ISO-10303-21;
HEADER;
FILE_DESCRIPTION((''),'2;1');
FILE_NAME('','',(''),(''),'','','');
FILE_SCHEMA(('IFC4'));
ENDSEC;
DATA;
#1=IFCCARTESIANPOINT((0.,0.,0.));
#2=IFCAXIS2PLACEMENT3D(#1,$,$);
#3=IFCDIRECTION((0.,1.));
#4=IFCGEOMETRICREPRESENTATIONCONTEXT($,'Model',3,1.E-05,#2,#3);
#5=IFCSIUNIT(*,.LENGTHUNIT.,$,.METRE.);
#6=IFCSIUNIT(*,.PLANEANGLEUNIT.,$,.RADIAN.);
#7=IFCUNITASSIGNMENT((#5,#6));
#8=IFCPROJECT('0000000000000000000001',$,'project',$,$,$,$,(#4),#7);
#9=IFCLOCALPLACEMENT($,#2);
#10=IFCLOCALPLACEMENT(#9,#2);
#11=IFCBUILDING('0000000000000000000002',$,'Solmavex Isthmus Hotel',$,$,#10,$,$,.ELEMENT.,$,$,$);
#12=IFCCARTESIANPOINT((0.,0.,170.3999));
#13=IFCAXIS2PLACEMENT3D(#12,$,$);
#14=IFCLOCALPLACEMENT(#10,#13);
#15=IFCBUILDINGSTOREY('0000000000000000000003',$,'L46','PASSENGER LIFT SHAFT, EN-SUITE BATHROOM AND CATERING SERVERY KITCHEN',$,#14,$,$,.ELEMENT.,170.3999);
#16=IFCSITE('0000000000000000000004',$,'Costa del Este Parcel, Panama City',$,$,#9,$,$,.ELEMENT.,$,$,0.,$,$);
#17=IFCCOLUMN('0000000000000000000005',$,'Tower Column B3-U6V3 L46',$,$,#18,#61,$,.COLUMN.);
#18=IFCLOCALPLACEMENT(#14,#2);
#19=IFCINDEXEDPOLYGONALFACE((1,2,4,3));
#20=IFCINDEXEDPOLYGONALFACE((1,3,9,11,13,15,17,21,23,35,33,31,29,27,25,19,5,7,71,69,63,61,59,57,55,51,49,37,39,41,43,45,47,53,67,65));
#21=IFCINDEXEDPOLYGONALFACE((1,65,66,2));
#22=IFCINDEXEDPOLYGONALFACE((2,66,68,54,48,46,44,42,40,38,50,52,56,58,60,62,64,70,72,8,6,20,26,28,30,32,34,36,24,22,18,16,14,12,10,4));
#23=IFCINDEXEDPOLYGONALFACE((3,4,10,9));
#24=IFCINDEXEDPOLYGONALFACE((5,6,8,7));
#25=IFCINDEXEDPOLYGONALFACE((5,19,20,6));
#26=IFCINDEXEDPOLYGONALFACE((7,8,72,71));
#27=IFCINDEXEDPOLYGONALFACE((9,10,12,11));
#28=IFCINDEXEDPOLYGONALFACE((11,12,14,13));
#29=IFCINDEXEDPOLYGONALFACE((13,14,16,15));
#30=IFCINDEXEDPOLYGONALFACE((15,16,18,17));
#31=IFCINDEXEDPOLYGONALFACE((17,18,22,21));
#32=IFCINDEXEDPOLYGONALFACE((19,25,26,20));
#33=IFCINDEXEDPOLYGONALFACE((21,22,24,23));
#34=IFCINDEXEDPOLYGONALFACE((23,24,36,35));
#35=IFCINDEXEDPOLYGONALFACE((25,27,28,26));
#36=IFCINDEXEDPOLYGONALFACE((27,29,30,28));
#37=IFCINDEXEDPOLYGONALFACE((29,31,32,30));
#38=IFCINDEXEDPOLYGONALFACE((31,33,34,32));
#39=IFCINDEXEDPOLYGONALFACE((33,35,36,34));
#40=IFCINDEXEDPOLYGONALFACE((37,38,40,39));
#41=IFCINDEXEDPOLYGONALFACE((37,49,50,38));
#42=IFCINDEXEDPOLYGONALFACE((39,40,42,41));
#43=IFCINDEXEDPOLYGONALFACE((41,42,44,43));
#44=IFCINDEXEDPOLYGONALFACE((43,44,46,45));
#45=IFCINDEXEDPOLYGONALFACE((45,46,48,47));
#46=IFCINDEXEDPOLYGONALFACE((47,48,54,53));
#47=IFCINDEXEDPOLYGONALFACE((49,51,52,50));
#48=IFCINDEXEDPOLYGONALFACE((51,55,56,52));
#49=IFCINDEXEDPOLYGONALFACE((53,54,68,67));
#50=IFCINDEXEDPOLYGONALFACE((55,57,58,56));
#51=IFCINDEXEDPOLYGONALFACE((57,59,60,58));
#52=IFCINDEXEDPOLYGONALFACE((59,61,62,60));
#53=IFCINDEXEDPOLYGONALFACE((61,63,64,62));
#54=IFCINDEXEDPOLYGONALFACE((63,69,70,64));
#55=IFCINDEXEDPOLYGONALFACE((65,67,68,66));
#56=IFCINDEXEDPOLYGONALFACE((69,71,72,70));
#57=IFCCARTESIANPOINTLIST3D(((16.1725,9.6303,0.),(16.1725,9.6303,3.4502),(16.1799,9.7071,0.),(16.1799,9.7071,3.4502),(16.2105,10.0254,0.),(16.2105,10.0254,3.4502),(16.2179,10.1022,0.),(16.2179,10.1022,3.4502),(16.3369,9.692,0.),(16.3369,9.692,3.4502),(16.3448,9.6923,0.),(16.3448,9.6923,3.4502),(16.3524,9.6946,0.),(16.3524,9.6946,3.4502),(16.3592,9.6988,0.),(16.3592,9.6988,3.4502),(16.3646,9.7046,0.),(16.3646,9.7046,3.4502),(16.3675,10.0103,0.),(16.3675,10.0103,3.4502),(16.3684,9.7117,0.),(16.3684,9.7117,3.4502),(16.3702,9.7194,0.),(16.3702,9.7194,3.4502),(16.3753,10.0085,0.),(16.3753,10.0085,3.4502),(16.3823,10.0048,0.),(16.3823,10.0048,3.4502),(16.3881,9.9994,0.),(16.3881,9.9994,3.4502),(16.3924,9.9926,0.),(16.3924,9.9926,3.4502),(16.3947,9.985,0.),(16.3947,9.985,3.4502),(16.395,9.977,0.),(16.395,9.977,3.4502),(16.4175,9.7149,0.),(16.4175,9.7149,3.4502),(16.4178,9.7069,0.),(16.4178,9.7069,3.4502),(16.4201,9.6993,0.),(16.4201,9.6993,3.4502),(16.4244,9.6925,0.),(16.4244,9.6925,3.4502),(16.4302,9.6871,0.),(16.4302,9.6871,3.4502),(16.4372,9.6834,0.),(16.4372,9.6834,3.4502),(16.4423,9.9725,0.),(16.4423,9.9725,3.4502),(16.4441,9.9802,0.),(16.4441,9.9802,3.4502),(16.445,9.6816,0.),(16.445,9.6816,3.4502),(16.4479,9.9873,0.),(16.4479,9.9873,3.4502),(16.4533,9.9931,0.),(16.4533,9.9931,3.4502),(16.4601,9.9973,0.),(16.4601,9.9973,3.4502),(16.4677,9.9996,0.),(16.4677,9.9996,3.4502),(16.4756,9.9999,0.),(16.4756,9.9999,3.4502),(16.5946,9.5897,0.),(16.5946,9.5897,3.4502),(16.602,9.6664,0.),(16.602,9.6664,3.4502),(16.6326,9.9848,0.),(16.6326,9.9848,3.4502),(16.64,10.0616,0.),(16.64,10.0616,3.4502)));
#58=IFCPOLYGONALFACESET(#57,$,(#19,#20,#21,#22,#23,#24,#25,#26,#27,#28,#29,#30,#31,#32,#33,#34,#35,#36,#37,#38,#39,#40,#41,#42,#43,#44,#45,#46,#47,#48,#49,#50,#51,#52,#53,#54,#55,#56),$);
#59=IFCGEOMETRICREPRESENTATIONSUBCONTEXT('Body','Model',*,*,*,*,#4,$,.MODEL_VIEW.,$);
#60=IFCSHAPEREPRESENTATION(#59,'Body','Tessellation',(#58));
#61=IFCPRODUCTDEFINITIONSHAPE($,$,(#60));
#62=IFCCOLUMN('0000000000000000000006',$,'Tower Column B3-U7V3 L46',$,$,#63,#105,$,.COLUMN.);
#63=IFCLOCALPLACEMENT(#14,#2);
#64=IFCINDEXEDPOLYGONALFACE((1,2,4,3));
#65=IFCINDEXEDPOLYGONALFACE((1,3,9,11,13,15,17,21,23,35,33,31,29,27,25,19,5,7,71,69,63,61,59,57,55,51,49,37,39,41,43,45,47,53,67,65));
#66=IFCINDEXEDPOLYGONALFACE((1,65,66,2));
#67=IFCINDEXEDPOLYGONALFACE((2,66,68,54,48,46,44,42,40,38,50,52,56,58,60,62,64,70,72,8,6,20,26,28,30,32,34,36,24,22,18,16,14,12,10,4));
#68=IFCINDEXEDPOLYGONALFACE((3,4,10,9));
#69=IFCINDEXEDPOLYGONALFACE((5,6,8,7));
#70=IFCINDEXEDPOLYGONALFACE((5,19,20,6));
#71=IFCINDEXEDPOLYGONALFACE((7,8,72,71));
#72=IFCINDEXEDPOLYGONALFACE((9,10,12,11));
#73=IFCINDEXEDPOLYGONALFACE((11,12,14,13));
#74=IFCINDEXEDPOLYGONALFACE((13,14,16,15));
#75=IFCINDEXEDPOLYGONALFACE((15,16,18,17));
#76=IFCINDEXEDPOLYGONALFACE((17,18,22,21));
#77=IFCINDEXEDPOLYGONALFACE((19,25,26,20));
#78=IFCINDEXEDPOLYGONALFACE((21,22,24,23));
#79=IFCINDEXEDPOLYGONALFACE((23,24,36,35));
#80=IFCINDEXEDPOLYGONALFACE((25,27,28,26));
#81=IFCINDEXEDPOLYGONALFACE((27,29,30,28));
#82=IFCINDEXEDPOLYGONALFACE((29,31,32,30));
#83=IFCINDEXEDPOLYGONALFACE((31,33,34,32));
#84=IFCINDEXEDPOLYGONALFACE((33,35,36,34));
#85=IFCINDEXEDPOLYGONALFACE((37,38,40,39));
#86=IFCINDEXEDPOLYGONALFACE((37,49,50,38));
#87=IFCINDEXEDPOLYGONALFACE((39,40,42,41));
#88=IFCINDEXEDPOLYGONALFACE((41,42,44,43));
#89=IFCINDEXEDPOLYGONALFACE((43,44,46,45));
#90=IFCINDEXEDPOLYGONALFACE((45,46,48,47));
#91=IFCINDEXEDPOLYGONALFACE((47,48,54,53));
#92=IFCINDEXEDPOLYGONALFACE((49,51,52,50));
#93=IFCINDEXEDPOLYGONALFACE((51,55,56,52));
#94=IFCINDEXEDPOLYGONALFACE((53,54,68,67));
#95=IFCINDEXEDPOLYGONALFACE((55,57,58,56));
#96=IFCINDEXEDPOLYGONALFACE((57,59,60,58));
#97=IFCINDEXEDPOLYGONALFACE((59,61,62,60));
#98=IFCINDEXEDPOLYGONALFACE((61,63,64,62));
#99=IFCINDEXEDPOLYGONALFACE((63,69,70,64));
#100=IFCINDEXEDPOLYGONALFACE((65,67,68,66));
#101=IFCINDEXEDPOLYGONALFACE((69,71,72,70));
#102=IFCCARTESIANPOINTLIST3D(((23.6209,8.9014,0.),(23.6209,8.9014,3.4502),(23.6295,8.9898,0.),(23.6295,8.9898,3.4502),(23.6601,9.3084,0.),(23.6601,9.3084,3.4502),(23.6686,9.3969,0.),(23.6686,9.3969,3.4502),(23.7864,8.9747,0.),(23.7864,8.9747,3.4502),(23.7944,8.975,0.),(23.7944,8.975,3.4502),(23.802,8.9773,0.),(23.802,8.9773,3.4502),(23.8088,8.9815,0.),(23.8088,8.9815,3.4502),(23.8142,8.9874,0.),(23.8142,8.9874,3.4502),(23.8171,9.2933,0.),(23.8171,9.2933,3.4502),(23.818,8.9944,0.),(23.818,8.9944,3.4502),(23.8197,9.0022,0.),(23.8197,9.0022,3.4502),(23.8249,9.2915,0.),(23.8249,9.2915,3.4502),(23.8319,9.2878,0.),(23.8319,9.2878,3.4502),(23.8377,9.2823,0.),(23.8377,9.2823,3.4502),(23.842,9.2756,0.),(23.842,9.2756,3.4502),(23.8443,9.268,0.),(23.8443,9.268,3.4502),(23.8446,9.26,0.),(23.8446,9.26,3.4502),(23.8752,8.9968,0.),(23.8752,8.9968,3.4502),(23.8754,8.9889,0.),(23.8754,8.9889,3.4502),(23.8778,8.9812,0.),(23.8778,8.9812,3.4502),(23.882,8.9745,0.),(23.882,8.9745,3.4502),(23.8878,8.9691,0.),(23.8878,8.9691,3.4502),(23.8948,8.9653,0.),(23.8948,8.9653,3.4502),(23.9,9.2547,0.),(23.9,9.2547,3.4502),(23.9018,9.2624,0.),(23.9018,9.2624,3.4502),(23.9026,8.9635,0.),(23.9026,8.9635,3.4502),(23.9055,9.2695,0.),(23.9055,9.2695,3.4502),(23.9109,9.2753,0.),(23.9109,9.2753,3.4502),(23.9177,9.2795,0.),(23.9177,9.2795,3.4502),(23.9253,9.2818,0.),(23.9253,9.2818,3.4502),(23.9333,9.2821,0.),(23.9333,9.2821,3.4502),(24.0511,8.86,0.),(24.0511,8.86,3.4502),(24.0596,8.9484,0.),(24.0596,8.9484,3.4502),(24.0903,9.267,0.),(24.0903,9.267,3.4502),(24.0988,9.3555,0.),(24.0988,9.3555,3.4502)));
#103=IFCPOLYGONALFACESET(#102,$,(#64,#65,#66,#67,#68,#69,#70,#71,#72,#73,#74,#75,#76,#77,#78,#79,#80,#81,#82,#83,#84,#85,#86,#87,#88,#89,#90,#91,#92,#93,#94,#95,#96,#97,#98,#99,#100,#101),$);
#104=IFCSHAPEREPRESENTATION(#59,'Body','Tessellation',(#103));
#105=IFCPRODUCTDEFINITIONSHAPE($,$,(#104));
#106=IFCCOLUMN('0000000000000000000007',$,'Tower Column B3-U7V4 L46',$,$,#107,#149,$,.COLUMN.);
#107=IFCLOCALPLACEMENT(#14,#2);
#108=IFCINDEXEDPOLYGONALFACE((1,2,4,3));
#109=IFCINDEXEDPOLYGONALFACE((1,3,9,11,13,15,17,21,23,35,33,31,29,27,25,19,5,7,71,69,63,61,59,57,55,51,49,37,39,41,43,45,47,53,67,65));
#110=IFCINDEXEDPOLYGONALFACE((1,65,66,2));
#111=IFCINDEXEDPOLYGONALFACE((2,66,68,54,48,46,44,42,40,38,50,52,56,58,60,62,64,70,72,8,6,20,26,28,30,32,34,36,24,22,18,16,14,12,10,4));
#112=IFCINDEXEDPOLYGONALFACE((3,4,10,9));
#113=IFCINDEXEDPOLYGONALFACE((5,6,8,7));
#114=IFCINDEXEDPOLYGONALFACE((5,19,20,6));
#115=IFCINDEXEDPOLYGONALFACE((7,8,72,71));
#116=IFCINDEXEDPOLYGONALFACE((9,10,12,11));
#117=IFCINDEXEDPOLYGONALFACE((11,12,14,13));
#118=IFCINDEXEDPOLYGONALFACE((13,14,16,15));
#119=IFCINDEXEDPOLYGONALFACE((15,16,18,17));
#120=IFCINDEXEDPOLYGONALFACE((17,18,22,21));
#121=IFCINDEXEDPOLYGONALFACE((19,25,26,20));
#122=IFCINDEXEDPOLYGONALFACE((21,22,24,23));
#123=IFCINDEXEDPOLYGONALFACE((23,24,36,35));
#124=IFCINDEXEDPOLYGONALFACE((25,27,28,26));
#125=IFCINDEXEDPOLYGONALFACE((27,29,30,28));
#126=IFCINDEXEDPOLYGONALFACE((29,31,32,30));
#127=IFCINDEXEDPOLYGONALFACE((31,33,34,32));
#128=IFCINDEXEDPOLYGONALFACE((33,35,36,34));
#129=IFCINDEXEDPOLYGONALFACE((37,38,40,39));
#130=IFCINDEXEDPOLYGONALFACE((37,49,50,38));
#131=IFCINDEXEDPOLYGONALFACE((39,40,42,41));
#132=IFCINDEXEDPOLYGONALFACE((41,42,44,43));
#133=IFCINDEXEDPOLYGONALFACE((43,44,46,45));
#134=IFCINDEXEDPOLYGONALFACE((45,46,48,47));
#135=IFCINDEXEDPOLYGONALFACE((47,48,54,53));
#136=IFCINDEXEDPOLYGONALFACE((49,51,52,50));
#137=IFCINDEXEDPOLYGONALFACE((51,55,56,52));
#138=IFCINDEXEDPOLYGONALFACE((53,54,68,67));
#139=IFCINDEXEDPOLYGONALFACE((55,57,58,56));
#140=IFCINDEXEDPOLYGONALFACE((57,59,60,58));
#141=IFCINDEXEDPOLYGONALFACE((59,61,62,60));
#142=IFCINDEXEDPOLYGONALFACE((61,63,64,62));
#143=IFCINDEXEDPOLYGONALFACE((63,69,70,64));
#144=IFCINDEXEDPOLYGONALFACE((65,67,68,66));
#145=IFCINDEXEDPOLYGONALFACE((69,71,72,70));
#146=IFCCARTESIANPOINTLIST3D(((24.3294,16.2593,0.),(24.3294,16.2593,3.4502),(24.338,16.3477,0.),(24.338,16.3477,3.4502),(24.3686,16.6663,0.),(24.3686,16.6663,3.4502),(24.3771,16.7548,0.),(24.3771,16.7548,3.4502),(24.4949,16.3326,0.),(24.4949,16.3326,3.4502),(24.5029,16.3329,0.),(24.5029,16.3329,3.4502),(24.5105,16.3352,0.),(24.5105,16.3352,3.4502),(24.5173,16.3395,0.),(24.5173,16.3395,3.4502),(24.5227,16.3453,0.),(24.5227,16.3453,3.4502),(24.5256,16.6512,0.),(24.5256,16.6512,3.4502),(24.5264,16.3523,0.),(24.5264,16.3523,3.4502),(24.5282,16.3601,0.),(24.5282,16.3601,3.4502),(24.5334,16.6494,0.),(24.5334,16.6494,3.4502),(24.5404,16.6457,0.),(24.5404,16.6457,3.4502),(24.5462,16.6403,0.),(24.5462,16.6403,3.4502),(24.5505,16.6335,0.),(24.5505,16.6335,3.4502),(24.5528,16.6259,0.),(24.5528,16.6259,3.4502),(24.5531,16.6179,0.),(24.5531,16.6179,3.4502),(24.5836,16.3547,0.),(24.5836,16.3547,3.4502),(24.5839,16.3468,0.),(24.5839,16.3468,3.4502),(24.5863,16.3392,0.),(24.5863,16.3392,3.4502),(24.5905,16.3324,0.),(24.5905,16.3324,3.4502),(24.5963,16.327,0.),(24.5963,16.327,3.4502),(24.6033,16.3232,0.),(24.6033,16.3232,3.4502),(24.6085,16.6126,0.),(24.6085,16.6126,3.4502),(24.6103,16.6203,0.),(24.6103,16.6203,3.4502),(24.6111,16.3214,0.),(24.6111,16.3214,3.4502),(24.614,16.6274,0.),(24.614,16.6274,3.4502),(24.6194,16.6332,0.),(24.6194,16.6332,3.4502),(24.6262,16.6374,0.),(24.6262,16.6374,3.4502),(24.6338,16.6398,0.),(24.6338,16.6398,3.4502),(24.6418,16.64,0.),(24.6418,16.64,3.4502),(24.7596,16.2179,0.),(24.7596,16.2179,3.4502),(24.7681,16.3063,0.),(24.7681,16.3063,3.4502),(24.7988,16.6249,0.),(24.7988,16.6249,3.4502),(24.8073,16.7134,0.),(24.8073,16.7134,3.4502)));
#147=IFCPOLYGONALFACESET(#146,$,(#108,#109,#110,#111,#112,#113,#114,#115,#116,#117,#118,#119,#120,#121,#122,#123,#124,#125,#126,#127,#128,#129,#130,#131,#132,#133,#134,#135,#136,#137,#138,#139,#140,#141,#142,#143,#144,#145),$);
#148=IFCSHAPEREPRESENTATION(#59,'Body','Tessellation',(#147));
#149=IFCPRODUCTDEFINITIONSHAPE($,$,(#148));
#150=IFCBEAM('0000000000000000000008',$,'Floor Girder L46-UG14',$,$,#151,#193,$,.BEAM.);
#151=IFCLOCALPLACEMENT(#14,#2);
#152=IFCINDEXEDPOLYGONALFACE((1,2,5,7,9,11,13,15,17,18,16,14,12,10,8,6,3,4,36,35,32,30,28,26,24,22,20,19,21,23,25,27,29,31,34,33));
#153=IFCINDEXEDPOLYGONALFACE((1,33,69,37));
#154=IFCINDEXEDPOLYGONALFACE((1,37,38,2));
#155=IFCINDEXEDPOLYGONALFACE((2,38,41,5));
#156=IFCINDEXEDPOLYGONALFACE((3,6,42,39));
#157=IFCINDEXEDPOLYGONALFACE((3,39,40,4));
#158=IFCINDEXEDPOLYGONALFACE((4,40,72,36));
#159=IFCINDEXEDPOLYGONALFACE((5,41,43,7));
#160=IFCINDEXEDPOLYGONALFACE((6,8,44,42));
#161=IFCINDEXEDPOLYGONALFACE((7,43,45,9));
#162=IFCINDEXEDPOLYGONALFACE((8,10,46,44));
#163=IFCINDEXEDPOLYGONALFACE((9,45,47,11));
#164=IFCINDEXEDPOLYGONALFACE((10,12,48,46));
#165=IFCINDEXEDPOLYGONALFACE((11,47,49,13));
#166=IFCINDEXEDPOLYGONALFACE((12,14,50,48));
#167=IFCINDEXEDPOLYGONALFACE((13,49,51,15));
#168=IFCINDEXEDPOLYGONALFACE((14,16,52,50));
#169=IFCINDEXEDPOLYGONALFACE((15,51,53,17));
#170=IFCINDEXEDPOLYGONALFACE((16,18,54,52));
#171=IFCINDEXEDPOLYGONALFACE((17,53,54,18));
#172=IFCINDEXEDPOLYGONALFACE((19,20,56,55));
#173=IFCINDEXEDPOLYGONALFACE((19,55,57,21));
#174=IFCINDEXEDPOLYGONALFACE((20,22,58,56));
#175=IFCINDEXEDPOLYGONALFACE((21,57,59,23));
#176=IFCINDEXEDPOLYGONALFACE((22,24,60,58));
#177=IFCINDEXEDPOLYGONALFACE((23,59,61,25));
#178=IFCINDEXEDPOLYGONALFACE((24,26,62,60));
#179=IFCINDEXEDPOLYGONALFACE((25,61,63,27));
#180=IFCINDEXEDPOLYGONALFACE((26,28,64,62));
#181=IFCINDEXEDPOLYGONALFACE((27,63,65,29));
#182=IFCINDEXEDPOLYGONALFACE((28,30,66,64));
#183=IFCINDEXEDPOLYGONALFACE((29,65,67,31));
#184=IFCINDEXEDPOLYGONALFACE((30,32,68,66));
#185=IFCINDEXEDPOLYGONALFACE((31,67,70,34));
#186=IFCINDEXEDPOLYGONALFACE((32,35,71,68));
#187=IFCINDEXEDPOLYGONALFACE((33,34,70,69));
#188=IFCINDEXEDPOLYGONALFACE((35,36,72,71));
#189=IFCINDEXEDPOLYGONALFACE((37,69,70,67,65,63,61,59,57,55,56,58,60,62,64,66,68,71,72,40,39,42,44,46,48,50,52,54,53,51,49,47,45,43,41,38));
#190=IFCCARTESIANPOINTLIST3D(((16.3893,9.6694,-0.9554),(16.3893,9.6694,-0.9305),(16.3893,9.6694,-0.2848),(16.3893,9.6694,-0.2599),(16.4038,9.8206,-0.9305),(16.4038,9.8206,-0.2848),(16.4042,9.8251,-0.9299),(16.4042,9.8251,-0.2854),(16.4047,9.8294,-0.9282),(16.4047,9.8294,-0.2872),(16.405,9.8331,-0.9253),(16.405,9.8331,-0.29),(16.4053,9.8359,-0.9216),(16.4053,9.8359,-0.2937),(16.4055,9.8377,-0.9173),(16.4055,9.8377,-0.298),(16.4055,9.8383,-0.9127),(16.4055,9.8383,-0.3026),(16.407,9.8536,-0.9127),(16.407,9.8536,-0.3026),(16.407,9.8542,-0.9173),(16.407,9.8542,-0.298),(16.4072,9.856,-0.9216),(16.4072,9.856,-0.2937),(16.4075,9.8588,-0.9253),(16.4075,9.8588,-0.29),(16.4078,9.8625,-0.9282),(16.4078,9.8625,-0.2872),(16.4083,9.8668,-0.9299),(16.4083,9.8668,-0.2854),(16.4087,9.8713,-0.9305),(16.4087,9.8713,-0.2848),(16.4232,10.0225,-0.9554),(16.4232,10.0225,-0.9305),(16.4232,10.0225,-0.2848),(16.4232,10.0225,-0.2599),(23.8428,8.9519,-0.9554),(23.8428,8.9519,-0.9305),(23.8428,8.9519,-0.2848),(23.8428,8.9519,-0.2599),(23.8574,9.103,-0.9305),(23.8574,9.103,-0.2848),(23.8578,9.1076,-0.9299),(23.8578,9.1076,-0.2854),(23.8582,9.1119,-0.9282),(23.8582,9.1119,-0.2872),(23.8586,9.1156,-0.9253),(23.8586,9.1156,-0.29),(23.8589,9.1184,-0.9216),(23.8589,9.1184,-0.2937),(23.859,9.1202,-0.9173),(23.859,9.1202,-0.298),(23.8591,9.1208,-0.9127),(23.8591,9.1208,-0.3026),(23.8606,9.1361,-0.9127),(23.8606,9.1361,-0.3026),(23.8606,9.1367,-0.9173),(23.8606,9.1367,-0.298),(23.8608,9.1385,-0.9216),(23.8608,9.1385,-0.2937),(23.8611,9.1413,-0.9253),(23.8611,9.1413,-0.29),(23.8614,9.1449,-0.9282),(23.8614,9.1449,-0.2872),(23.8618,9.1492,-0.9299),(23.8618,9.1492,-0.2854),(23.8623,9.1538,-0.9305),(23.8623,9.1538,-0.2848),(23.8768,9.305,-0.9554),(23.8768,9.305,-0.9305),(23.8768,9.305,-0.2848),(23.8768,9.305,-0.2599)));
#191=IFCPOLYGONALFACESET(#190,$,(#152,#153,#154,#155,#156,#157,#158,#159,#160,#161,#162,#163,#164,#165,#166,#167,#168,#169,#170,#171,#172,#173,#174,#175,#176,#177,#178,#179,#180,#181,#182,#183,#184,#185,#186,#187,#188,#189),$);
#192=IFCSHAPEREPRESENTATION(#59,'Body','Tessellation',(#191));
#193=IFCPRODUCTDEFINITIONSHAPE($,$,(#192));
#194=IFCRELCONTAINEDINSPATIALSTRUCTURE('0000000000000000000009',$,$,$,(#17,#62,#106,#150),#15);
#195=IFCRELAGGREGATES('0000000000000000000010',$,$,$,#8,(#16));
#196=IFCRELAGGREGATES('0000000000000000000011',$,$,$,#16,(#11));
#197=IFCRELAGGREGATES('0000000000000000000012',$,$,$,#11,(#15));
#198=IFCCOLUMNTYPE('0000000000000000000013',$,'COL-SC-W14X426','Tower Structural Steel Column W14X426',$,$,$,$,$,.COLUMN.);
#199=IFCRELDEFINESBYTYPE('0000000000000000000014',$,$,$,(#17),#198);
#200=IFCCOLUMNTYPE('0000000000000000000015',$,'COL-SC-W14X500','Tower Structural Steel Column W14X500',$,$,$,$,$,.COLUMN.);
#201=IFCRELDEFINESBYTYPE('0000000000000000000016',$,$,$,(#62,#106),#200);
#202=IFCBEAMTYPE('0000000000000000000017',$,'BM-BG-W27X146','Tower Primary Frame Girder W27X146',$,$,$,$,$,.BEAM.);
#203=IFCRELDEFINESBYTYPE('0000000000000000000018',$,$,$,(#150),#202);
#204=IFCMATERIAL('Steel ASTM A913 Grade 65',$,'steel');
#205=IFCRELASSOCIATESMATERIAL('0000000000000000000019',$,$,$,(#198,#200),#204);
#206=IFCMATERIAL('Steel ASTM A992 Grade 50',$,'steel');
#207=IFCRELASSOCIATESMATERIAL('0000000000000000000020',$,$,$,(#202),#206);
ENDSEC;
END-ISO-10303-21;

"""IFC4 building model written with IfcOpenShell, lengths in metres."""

from ifc_helpers import new_model, si_unit, direction, frame, origin, origin_2d, place, context, subcontext, project, spatial, i_section, extrude, material, material_profile, profile_set, type_object, element, save


model = new_model("IFC4")

# Units and contexts
model_context = context("Model", 3, precision=1e-05, world=origin(), true_north=direction((0.0, 1.0)))
body_context = subcontext(model_context, "Body", "Model", "MODEL_VIEW")
ifc_project = project(units=[si_unit("LENGTHUNIT", "METRE"), si_unit("PLANEANGLEUNIT", "RADIAN")], contexts=[model_context])

# Site, building, storey
site_placement = place(None, origin())
site = spatial("IfcSite", under=ifc_project, at=site_placement, Name="Costa del Este Parcel, Panama City", CompositionType="ELEMENT", RefElevation=0.0)
building_placement = place(site_placement, origin())
building = spatial("IfcBuilding", under=site, at=building_placement, Name="Solmavex Isthmus Hotel", CompositionType="ELEMENT")
storey_placement = place(building_placement, frame((0.0, 0.0, 170.3999)))
storey = spatial("IfcBuildingStorey", under=building, at=storey_placement, Name="L46", Description="PASSENGER LIFT SHAFT, EN-SUITE BATHROOM AND CATERING SERVERY KITCHEN", CompositionType="ELEMENT", Elevation=170.3999)

# Columns
ifc_material_1 = material(Name="Steel ASTM A913 Grade 65", Category="steel")
ifc_material_profile_1 = material_profile(ifc_material_1, i_section(OverallWidth=0.4241, OverallDepth=0.4741, WebThickness=0.0476, FlangeThickness=0.0771, FilletRadius=0.0305, at=origin_2d()), Name="W14X426")
ifc_profile_set_1 = profile_set([ifc_material_profile_1], Name="Steel ASTM A913 Grade 65")
column_type_1 = type_object("IfcColumnType", Name="COL-SC-W14X426", Description="Tower Structural Steel Column W14X426", PredefinedType="COLUMN", material=ifc_profile_set_1)
column_placement = place(storey_placement, frame((16.4062, 9.8459, 0.0), z_axis=(0.0, 0.0, 1.0), x_axis=(0.995396, -0.095846, 0.0)))
element("IfcColumn", 1, at=column_placement, inside=storey, type_object=column_type_1, Name="Tower Column B3-U6V3 L46", PredefinedType="COLUMN", context=body_context, shape_type="SweptSolid", body=[
    extrude(i_section(OverallWidth=0.4241, OverallDepth=0.4741, WebThickness=0.0476, FlangeThickness=0.0771, FilletRadius=0.0305, at=origin_2d()), origin(), (0.0, 0.0, 1.0), 3.4502),
])
ifc_material_profile_2 = material_profile(ifc_material_1, i_section(OverallWidth=0.4321, OverallDepth=0.4978, WebThickness=0.0557, FlangeThickness=0.0889, FilletRadius=0.0305, at=origin_2d()), Name="W14X500")
ifc_profile_set_2 = profile_set([ifc_material_profile_2], Name="Steel ASTM A913 Grade 65")
column_type_2 = type_object("IfcColumnType", Name="COL-SC-W14X500", Description="Tower Structural Steel Column W14X500", PredefinedType="COLUMN", material=ifc_profile_set_2)
for number, where, z_axis, x_axis, name in (
    (2, (23.8599, 9.1284, 0.0), (0.0, 0.0, 1.0), (0.995396, -0.095846, 0.0), "Tower Column B3-U7V3 L46"),
    (3, (24.5684, 16.4863, 0.0), (0.0, 0.0, 1.0), (0.995396, -0.095846, 0.0), "Tower Column B3-U7V4 L46"),
):
    element("IfcColumn", number, at=place(storey_placement, frame(where, z_axis=z_axis, x_axis=x_axis)), inside=storey, type_object=column_type_2, Name=name, PredefinedType="COLUMN", context=body_context, shape_type="SweptSolid", body=[
        extrude(i_section(OverallWidth=0.4321, OverallDepth=0.4978, WebThickness=0.0557, FlangeThickness=0.0889, FilletRadius=0.0305, at=origin_2d()), origin(), (0.0, 0.0, 1.0), 3.4502),
    ])

# Beam
ifc_material_2 = material(Name="Steel ASTM A992 Grade 50", Category="steel")
ifc_material_profile_3 = material_profile(ifc_material_2, i_section(OverallWidth=0.3547, OverallDepth=0.6956, WebThickness=0.0154, FlangeThickness=0.0249, FilletRadius=0.0178, at=origin_2d()), Name="W27X146")
ifc_profile_set_3 = profile_set([ifc_material_profile_3], Name="Steel ASTM A992 Grade 50")
beam_type_1 = type_object("IfcBeamType", Name="BM-BG-W27X146", Description="Tower Primary Frame Girder W27X146", PredefinedType="BEAM", material=ifc_profile_set_3)
beam_1_placement = place(storey_placement, frame((16.4062, 9.8459, -0.6077), z_axis=(0.995398, -0.095823, 0.0), x_axis=(0.095823, 0.995398, 0.0)))
element("IfcBeam", 4, at=beam_1_placement, inside=storey, type_object=beam_type_1, Name="Floor Girder L46-UG14", PredefinedType="BEAM", context=body_context, shape_type="SweptSolid", body=[
    extrude(i_section(OverallWidth=0.3547, OverallDepth=0.6956, WebThickness=0.0154, FlangeThickness=0.0249, FilletRadius=0.0178, at=origin_2d()), origin(), (0.0, 0.0, 1.0), 7.488),
])

save(model, "model.ifc")
